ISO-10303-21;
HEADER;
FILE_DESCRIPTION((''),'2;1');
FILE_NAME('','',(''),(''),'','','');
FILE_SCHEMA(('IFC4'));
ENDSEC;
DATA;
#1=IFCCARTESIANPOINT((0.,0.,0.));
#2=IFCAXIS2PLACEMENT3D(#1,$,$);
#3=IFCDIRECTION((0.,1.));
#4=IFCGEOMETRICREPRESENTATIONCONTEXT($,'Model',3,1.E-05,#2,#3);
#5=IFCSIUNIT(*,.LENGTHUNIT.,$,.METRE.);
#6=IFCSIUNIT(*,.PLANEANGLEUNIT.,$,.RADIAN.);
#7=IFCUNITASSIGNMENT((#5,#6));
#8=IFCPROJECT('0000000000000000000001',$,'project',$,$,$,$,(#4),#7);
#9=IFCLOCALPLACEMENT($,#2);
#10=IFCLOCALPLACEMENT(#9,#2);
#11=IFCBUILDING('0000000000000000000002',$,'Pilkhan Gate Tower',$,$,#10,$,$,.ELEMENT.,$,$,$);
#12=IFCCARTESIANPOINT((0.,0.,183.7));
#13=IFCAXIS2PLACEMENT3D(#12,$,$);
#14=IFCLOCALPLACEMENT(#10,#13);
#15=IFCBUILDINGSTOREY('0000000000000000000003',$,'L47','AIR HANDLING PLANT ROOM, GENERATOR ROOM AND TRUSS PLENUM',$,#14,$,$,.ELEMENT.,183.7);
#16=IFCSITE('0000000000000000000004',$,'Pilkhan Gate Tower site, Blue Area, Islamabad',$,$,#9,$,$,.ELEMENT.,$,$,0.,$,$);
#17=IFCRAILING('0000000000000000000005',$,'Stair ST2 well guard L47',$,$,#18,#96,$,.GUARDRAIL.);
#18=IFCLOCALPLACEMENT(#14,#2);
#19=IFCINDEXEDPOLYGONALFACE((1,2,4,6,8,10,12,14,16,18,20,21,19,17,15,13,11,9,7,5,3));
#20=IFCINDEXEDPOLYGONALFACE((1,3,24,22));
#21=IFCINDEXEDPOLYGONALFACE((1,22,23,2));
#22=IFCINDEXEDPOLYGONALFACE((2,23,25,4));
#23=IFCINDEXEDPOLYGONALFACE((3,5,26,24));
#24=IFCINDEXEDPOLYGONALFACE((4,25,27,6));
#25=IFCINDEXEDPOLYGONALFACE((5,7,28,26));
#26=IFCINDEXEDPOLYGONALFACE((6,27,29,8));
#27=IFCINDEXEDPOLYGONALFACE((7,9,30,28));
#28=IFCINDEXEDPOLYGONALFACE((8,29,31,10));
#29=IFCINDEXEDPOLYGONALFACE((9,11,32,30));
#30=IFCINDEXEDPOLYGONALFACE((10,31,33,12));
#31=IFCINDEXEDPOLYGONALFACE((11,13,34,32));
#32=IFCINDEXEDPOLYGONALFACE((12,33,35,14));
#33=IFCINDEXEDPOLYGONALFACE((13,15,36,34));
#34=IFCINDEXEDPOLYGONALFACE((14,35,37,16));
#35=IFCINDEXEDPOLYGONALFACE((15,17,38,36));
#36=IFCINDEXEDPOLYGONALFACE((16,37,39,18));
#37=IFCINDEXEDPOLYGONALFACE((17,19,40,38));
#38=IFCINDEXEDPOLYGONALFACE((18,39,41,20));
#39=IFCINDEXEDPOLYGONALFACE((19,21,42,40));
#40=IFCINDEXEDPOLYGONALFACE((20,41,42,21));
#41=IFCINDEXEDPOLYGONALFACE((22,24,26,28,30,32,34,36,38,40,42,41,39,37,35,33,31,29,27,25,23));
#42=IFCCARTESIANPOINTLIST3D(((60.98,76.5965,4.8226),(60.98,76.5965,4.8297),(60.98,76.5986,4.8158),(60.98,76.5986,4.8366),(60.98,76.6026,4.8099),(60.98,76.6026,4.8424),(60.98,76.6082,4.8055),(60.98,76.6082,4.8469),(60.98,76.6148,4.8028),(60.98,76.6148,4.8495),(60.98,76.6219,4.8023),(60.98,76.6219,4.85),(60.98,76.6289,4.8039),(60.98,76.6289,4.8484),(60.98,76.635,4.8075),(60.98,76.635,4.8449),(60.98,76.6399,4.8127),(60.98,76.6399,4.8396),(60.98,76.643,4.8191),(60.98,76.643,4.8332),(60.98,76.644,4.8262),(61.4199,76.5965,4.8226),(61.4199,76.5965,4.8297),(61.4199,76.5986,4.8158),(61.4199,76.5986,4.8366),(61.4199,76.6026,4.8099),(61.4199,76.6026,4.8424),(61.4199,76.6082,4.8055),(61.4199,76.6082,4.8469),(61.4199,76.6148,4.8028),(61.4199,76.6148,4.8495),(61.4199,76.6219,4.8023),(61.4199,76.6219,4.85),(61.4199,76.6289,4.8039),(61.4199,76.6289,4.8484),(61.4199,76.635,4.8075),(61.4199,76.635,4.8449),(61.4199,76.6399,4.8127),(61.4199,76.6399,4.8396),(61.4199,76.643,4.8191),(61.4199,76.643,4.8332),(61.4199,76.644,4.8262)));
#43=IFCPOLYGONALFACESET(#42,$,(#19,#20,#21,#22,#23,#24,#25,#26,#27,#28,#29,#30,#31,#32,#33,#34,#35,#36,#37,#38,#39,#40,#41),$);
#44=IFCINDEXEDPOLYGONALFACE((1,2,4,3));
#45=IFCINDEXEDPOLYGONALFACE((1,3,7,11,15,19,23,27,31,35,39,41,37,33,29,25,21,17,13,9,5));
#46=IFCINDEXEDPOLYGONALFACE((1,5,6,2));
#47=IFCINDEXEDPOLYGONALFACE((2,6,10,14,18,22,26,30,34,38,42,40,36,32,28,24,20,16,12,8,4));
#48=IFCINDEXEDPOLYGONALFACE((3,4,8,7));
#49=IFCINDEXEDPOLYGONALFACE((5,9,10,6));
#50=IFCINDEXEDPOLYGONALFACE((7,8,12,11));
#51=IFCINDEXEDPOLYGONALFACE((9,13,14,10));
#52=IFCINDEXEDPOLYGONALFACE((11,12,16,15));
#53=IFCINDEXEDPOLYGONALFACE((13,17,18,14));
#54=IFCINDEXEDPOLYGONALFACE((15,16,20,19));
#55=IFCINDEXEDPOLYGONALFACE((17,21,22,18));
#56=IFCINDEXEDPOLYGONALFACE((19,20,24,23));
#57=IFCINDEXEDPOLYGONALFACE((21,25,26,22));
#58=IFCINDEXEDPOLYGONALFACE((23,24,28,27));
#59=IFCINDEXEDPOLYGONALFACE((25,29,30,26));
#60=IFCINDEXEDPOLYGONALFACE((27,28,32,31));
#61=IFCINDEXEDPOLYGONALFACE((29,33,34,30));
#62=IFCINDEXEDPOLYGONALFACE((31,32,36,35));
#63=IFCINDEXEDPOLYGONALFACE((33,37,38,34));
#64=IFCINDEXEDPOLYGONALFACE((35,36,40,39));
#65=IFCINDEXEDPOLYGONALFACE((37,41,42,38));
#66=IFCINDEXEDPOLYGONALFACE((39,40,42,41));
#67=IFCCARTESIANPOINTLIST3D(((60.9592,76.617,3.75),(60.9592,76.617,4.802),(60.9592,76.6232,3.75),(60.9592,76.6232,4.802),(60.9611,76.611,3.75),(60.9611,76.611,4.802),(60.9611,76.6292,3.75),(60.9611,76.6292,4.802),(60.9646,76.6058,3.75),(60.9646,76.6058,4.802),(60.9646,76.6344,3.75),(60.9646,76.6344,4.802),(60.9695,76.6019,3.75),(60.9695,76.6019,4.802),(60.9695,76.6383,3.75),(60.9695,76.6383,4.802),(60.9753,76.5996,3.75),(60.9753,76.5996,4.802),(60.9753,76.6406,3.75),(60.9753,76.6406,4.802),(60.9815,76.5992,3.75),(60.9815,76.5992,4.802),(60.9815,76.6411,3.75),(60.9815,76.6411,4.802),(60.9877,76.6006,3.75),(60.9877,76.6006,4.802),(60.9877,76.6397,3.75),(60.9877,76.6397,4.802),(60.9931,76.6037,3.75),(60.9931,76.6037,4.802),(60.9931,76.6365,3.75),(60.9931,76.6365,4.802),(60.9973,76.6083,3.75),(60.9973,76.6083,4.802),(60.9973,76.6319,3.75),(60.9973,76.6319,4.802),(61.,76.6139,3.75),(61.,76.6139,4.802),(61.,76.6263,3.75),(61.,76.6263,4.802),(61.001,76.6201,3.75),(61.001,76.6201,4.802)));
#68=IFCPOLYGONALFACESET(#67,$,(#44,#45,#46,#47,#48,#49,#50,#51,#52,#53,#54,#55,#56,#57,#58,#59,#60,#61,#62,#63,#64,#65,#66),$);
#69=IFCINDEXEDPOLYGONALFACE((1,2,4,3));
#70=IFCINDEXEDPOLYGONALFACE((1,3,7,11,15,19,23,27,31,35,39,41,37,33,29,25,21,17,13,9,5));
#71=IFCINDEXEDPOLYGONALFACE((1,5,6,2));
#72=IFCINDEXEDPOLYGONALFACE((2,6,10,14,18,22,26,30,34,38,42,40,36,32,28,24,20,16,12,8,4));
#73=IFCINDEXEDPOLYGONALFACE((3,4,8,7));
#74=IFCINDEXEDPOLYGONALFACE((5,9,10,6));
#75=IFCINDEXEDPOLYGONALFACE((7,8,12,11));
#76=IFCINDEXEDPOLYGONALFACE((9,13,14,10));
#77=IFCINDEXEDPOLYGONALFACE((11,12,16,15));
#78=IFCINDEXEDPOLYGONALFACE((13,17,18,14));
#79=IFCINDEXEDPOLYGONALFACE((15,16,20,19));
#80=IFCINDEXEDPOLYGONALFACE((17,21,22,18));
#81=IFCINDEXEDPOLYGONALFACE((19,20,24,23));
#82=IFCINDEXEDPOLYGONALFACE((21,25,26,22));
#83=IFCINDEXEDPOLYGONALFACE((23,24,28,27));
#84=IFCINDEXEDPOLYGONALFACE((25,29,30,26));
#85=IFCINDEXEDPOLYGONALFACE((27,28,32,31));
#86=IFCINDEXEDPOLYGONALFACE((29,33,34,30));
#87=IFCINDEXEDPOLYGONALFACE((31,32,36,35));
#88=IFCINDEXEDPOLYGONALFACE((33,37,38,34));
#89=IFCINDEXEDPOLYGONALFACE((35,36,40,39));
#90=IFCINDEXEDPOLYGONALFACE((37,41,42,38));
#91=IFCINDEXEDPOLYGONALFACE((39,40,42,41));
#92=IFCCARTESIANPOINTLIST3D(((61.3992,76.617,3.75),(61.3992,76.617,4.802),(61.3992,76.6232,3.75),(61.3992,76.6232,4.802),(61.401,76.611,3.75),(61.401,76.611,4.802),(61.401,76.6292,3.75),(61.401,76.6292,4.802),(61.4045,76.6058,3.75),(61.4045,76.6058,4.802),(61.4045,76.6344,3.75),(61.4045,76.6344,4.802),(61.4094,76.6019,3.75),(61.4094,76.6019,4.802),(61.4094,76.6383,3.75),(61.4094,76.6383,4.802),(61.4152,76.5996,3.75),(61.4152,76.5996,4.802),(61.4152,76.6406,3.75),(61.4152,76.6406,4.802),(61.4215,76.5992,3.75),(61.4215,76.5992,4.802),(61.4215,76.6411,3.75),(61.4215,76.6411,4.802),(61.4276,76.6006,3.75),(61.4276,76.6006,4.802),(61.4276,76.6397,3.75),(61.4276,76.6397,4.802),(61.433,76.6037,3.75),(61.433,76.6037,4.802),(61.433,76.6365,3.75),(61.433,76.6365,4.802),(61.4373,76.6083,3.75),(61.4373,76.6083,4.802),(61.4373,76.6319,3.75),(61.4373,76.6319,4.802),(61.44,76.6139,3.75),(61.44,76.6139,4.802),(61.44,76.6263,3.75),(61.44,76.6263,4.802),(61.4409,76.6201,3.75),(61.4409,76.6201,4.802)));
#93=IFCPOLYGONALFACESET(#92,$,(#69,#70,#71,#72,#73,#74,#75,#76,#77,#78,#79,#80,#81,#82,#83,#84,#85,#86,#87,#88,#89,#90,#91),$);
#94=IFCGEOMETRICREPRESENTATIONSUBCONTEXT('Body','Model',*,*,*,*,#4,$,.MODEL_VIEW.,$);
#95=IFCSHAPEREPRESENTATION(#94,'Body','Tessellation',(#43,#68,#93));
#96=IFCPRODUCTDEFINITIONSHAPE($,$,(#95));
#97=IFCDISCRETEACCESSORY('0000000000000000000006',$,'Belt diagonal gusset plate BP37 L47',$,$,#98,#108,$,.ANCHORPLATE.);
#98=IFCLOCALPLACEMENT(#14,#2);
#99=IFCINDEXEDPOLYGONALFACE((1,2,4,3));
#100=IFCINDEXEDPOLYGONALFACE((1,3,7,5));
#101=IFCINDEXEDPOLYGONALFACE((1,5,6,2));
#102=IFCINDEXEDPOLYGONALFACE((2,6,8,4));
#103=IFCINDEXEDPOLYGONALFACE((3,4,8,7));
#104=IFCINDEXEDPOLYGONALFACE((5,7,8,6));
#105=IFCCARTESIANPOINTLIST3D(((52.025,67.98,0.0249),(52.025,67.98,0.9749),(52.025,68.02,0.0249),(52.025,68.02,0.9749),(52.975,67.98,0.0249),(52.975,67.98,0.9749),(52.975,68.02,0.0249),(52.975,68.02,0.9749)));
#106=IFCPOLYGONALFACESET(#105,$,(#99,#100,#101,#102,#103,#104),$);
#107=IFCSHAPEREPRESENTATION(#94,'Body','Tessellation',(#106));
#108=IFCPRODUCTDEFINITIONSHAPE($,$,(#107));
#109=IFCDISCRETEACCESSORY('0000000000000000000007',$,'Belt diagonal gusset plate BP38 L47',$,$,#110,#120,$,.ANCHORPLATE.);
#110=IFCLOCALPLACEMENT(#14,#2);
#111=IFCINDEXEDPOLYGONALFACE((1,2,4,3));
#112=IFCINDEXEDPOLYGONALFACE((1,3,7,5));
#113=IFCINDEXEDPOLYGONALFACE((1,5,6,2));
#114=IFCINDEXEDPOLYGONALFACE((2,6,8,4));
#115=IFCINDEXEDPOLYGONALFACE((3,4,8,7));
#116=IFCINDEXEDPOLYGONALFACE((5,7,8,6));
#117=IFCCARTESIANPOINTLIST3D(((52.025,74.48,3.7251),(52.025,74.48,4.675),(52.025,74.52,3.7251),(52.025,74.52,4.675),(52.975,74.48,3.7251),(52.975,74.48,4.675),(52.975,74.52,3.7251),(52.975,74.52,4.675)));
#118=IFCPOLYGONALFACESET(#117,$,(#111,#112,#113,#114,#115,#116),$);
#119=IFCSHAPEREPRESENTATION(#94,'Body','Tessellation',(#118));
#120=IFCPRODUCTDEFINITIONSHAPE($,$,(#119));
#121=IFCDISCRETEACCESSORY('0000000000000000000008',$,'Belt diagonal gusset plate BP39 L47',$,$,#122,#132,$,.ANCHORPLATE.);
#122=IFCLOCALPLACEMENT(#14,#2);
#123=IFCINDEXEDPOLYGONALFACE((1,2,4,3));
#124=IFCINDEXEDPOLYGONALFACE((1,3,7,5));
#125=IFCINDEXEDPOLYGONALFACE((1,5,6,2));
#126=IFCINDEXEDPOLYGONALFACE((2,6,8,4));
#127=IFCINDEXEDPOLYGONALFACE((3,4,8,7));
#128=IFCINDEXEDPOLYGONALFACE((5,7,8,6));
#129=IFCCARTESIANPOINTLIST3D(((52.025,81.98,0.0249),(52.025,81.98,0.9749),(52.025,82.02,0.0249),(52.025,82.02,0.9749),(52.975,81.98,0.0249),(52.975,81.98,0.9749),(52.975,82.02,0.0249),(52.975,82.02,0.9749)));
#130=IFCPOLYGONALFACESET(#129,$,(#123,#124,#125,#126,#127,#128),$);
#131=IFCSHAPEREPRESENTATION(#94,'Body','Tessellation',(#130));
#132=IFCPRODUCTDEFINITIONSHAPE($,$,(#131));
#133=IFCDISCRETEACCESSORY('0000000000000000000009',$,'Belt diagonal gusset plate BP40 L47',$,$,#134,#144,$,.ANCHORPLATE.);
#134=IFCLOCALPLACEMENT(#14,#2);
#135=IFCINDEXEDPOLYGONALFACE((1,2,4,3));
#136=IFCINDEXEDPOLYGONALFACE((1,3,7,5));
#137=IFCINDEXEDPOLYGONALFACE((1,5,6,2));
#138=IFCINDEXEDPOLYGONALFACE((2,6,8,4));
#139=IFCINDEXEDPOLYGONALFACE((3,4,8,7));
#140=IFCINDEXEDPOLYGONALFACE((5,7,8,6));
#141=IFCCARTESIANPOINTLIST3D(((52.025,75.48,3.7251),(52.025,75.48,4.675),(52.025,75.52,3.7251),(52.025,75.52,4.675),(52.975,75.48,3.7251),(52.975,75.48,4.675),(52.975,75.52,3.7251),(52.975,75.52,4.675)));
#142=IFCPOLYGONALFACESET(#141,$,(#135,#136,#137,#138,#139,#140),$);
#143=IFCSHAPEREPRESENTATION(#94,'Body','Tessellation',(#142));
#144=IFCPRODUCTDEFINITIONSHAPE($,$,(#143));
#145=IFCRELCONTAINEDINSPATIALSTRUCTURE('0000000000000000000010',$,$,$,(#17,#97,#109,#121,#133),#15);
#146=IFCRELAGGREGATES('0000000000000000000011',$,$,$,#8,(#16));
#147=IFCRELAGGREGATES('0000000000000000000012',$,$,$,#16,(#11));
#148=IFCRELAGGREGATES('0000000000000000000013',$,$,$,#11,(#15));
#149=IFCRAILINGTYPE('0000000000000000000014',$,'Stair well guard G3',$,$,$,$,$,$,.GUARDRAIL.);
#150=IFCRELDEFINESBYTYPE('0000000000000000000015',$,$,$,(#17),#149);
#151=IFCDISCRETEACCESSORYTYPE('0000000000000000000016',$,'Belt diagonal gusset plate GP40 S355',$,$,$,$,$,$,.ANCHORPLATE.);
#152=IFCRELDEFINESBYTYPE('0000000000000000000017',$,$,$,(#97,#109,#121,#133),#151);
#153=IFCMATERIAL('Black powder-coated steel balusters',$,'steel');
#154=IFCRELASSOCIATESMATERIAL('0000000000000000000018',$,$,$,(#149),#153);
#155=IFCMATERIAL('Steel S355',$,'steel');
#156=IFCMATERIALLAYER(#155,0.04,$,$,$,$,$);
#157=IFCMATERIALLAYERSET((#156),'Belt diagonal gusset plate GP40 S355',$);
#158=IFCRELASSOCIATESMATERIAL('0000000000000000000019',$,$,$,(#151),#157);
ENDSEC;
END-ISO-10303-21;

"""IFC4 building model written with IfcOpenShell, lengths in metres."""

from ifc_helpers import new_model, si_unit, direction, frame, origin, origin_2d, place, context, subcontext, project, spatial, rectangle, circle, extrude, material, layer, layer_set, type_object, element, save


model = new_model("IFC4")

# Units and contexts
model_context = context("Model", 3, precision=1e-05, world=origin(), true_north=direction((0.0, 1.0)))
body_context = subcontext(model_context, "Body", "Model", "MODEL_VIEW")
ifc_project = project(units=[si_unit("LENGTHUNIT", "METRE"), si_unit("PLANEANGLEUNIT", "RADIAN")], contexts=[model_context])

# Site, building, storey
site_placement = place(None, origin())
site = spatial("IfcSite", under=ifc_project, at=site_placement, Name="Pilkhan Gate Tower site, Blue Area, Islamabad", CompositionType="ELEMENT", RefElevation=0.0)
building_placement = place(site_placement, origin())
building = spatial("IfcBuilding", under=site, at=building_placement, Name="Pilkhan Gate Tower", CompositionType="ELEMENT")
storey_placement = place(building_placement, frame((0.0, 0.0, 183.7)))
storey = spatial("IfcBuildingStorey", under=building, at=storey_placement, Name="L47", Description="AIR HANDLING PLANT ROOM, GENERATOR ROOM AND TRUSS PLENUM", CompositionType="ELEMENT", Elevation=183.7)

# Railing
ifc_material_1 = material(Name="Black powder-coated steel balusters", Category="steel")
railing_type = type_object("IfcRailingType", Name="Stair well guard G3", PredefinedType="GUARDRAIL", material=ifc_material_1)
for number, where, name in (
    (1, (60.98, 76.6201, 3.75), "Stair ST2 well guard L47"),
):
    element("IfcRailing", number, at=place(storey_placement, frame(where)), inside=storey, type_object=railing_type, Name=name, PredefinedType="GUARDRAIL", context=body_context, shape_type="SweptSolid", body=[
        extrude(circle(Radius=0.0239, at=origin_2d()), frame((0.0, 0.0, 1.0762), z_axis=(1.0, 0.0, 0.0), x_axis=(0.0, 1.0, 0.0)), (0.0, 0.0, 1.0), 0.4399),
        extrude(circle(Radius=0.021, at=origin_2d()), origin(), (0.0, 0.0, 1.0), 1.052),
        extrude(circle(Radius=0.021, at=origin_2d()), frame((0.4399, 0.0, 0.0)), (0.0, 0.0, 1.0), 1.052),
    ])

# Discrete accessories
ifc_material_2 = material(Name="Steel S355", Category="steel")
ifc_layer_1 = layer(ifc_material_2, 0.04)
ifc_layer_set_1 = layer_set([ifc_layer_1], Name="Belt diagonal gusset plate GP40 S355")
discrete_accessory_type = type_object("IfcDiscreteAccessoryType", Name="Belt diagonal gusset plate GP40 S355", PredefinedType="ANCHORPLATE", material=ifc_layer_set_1)
for number, where, z_axis, x_axis, name in (
    (2, (52.5, 68.0, 0.0249), (0.0, 0.0, 1.0), (0.0, 1.0, 0.0), "Belt diagonal gusset plate BP37 L47"),
    (3, (52.5, 74.5, 3.7251), (0.0, 0.0, 1.0), (0.0, 1.0, 0.0), "Belt diagonal gusset plate BP38 L47"),
    (4, (52.5, 82.0, 0.0249), (0.0, 0.0, 1.0), (0.0, 1.0, 0.0), "Belt diagonal gusset plate BP39 L47"),
    (5, (52.5, 75.5, 3.7251), (0.0, 0.0, 1.0), (0.0, 1.0, 0.0), "Belt diagonal gusset plate BP40 L47"),
):
    element("IfcDiscreteAccessory", number, at=place(storey_placement, frame(where, z_axis=z_axis, x_axis=x_axis)), inside=storey, type_object=discrete_accessory_type, Name=name, PredefinedType="ANCHORPLATE", context=body_context, shape_type="SweptSolid", body=[
        extrude(rectangle(XDim=0.04, YDim=0.95, at=origin_2d()), origin(), (0.0, 0.0, 1.0), 0.95),
    ])

save(model, "model.ifc")
